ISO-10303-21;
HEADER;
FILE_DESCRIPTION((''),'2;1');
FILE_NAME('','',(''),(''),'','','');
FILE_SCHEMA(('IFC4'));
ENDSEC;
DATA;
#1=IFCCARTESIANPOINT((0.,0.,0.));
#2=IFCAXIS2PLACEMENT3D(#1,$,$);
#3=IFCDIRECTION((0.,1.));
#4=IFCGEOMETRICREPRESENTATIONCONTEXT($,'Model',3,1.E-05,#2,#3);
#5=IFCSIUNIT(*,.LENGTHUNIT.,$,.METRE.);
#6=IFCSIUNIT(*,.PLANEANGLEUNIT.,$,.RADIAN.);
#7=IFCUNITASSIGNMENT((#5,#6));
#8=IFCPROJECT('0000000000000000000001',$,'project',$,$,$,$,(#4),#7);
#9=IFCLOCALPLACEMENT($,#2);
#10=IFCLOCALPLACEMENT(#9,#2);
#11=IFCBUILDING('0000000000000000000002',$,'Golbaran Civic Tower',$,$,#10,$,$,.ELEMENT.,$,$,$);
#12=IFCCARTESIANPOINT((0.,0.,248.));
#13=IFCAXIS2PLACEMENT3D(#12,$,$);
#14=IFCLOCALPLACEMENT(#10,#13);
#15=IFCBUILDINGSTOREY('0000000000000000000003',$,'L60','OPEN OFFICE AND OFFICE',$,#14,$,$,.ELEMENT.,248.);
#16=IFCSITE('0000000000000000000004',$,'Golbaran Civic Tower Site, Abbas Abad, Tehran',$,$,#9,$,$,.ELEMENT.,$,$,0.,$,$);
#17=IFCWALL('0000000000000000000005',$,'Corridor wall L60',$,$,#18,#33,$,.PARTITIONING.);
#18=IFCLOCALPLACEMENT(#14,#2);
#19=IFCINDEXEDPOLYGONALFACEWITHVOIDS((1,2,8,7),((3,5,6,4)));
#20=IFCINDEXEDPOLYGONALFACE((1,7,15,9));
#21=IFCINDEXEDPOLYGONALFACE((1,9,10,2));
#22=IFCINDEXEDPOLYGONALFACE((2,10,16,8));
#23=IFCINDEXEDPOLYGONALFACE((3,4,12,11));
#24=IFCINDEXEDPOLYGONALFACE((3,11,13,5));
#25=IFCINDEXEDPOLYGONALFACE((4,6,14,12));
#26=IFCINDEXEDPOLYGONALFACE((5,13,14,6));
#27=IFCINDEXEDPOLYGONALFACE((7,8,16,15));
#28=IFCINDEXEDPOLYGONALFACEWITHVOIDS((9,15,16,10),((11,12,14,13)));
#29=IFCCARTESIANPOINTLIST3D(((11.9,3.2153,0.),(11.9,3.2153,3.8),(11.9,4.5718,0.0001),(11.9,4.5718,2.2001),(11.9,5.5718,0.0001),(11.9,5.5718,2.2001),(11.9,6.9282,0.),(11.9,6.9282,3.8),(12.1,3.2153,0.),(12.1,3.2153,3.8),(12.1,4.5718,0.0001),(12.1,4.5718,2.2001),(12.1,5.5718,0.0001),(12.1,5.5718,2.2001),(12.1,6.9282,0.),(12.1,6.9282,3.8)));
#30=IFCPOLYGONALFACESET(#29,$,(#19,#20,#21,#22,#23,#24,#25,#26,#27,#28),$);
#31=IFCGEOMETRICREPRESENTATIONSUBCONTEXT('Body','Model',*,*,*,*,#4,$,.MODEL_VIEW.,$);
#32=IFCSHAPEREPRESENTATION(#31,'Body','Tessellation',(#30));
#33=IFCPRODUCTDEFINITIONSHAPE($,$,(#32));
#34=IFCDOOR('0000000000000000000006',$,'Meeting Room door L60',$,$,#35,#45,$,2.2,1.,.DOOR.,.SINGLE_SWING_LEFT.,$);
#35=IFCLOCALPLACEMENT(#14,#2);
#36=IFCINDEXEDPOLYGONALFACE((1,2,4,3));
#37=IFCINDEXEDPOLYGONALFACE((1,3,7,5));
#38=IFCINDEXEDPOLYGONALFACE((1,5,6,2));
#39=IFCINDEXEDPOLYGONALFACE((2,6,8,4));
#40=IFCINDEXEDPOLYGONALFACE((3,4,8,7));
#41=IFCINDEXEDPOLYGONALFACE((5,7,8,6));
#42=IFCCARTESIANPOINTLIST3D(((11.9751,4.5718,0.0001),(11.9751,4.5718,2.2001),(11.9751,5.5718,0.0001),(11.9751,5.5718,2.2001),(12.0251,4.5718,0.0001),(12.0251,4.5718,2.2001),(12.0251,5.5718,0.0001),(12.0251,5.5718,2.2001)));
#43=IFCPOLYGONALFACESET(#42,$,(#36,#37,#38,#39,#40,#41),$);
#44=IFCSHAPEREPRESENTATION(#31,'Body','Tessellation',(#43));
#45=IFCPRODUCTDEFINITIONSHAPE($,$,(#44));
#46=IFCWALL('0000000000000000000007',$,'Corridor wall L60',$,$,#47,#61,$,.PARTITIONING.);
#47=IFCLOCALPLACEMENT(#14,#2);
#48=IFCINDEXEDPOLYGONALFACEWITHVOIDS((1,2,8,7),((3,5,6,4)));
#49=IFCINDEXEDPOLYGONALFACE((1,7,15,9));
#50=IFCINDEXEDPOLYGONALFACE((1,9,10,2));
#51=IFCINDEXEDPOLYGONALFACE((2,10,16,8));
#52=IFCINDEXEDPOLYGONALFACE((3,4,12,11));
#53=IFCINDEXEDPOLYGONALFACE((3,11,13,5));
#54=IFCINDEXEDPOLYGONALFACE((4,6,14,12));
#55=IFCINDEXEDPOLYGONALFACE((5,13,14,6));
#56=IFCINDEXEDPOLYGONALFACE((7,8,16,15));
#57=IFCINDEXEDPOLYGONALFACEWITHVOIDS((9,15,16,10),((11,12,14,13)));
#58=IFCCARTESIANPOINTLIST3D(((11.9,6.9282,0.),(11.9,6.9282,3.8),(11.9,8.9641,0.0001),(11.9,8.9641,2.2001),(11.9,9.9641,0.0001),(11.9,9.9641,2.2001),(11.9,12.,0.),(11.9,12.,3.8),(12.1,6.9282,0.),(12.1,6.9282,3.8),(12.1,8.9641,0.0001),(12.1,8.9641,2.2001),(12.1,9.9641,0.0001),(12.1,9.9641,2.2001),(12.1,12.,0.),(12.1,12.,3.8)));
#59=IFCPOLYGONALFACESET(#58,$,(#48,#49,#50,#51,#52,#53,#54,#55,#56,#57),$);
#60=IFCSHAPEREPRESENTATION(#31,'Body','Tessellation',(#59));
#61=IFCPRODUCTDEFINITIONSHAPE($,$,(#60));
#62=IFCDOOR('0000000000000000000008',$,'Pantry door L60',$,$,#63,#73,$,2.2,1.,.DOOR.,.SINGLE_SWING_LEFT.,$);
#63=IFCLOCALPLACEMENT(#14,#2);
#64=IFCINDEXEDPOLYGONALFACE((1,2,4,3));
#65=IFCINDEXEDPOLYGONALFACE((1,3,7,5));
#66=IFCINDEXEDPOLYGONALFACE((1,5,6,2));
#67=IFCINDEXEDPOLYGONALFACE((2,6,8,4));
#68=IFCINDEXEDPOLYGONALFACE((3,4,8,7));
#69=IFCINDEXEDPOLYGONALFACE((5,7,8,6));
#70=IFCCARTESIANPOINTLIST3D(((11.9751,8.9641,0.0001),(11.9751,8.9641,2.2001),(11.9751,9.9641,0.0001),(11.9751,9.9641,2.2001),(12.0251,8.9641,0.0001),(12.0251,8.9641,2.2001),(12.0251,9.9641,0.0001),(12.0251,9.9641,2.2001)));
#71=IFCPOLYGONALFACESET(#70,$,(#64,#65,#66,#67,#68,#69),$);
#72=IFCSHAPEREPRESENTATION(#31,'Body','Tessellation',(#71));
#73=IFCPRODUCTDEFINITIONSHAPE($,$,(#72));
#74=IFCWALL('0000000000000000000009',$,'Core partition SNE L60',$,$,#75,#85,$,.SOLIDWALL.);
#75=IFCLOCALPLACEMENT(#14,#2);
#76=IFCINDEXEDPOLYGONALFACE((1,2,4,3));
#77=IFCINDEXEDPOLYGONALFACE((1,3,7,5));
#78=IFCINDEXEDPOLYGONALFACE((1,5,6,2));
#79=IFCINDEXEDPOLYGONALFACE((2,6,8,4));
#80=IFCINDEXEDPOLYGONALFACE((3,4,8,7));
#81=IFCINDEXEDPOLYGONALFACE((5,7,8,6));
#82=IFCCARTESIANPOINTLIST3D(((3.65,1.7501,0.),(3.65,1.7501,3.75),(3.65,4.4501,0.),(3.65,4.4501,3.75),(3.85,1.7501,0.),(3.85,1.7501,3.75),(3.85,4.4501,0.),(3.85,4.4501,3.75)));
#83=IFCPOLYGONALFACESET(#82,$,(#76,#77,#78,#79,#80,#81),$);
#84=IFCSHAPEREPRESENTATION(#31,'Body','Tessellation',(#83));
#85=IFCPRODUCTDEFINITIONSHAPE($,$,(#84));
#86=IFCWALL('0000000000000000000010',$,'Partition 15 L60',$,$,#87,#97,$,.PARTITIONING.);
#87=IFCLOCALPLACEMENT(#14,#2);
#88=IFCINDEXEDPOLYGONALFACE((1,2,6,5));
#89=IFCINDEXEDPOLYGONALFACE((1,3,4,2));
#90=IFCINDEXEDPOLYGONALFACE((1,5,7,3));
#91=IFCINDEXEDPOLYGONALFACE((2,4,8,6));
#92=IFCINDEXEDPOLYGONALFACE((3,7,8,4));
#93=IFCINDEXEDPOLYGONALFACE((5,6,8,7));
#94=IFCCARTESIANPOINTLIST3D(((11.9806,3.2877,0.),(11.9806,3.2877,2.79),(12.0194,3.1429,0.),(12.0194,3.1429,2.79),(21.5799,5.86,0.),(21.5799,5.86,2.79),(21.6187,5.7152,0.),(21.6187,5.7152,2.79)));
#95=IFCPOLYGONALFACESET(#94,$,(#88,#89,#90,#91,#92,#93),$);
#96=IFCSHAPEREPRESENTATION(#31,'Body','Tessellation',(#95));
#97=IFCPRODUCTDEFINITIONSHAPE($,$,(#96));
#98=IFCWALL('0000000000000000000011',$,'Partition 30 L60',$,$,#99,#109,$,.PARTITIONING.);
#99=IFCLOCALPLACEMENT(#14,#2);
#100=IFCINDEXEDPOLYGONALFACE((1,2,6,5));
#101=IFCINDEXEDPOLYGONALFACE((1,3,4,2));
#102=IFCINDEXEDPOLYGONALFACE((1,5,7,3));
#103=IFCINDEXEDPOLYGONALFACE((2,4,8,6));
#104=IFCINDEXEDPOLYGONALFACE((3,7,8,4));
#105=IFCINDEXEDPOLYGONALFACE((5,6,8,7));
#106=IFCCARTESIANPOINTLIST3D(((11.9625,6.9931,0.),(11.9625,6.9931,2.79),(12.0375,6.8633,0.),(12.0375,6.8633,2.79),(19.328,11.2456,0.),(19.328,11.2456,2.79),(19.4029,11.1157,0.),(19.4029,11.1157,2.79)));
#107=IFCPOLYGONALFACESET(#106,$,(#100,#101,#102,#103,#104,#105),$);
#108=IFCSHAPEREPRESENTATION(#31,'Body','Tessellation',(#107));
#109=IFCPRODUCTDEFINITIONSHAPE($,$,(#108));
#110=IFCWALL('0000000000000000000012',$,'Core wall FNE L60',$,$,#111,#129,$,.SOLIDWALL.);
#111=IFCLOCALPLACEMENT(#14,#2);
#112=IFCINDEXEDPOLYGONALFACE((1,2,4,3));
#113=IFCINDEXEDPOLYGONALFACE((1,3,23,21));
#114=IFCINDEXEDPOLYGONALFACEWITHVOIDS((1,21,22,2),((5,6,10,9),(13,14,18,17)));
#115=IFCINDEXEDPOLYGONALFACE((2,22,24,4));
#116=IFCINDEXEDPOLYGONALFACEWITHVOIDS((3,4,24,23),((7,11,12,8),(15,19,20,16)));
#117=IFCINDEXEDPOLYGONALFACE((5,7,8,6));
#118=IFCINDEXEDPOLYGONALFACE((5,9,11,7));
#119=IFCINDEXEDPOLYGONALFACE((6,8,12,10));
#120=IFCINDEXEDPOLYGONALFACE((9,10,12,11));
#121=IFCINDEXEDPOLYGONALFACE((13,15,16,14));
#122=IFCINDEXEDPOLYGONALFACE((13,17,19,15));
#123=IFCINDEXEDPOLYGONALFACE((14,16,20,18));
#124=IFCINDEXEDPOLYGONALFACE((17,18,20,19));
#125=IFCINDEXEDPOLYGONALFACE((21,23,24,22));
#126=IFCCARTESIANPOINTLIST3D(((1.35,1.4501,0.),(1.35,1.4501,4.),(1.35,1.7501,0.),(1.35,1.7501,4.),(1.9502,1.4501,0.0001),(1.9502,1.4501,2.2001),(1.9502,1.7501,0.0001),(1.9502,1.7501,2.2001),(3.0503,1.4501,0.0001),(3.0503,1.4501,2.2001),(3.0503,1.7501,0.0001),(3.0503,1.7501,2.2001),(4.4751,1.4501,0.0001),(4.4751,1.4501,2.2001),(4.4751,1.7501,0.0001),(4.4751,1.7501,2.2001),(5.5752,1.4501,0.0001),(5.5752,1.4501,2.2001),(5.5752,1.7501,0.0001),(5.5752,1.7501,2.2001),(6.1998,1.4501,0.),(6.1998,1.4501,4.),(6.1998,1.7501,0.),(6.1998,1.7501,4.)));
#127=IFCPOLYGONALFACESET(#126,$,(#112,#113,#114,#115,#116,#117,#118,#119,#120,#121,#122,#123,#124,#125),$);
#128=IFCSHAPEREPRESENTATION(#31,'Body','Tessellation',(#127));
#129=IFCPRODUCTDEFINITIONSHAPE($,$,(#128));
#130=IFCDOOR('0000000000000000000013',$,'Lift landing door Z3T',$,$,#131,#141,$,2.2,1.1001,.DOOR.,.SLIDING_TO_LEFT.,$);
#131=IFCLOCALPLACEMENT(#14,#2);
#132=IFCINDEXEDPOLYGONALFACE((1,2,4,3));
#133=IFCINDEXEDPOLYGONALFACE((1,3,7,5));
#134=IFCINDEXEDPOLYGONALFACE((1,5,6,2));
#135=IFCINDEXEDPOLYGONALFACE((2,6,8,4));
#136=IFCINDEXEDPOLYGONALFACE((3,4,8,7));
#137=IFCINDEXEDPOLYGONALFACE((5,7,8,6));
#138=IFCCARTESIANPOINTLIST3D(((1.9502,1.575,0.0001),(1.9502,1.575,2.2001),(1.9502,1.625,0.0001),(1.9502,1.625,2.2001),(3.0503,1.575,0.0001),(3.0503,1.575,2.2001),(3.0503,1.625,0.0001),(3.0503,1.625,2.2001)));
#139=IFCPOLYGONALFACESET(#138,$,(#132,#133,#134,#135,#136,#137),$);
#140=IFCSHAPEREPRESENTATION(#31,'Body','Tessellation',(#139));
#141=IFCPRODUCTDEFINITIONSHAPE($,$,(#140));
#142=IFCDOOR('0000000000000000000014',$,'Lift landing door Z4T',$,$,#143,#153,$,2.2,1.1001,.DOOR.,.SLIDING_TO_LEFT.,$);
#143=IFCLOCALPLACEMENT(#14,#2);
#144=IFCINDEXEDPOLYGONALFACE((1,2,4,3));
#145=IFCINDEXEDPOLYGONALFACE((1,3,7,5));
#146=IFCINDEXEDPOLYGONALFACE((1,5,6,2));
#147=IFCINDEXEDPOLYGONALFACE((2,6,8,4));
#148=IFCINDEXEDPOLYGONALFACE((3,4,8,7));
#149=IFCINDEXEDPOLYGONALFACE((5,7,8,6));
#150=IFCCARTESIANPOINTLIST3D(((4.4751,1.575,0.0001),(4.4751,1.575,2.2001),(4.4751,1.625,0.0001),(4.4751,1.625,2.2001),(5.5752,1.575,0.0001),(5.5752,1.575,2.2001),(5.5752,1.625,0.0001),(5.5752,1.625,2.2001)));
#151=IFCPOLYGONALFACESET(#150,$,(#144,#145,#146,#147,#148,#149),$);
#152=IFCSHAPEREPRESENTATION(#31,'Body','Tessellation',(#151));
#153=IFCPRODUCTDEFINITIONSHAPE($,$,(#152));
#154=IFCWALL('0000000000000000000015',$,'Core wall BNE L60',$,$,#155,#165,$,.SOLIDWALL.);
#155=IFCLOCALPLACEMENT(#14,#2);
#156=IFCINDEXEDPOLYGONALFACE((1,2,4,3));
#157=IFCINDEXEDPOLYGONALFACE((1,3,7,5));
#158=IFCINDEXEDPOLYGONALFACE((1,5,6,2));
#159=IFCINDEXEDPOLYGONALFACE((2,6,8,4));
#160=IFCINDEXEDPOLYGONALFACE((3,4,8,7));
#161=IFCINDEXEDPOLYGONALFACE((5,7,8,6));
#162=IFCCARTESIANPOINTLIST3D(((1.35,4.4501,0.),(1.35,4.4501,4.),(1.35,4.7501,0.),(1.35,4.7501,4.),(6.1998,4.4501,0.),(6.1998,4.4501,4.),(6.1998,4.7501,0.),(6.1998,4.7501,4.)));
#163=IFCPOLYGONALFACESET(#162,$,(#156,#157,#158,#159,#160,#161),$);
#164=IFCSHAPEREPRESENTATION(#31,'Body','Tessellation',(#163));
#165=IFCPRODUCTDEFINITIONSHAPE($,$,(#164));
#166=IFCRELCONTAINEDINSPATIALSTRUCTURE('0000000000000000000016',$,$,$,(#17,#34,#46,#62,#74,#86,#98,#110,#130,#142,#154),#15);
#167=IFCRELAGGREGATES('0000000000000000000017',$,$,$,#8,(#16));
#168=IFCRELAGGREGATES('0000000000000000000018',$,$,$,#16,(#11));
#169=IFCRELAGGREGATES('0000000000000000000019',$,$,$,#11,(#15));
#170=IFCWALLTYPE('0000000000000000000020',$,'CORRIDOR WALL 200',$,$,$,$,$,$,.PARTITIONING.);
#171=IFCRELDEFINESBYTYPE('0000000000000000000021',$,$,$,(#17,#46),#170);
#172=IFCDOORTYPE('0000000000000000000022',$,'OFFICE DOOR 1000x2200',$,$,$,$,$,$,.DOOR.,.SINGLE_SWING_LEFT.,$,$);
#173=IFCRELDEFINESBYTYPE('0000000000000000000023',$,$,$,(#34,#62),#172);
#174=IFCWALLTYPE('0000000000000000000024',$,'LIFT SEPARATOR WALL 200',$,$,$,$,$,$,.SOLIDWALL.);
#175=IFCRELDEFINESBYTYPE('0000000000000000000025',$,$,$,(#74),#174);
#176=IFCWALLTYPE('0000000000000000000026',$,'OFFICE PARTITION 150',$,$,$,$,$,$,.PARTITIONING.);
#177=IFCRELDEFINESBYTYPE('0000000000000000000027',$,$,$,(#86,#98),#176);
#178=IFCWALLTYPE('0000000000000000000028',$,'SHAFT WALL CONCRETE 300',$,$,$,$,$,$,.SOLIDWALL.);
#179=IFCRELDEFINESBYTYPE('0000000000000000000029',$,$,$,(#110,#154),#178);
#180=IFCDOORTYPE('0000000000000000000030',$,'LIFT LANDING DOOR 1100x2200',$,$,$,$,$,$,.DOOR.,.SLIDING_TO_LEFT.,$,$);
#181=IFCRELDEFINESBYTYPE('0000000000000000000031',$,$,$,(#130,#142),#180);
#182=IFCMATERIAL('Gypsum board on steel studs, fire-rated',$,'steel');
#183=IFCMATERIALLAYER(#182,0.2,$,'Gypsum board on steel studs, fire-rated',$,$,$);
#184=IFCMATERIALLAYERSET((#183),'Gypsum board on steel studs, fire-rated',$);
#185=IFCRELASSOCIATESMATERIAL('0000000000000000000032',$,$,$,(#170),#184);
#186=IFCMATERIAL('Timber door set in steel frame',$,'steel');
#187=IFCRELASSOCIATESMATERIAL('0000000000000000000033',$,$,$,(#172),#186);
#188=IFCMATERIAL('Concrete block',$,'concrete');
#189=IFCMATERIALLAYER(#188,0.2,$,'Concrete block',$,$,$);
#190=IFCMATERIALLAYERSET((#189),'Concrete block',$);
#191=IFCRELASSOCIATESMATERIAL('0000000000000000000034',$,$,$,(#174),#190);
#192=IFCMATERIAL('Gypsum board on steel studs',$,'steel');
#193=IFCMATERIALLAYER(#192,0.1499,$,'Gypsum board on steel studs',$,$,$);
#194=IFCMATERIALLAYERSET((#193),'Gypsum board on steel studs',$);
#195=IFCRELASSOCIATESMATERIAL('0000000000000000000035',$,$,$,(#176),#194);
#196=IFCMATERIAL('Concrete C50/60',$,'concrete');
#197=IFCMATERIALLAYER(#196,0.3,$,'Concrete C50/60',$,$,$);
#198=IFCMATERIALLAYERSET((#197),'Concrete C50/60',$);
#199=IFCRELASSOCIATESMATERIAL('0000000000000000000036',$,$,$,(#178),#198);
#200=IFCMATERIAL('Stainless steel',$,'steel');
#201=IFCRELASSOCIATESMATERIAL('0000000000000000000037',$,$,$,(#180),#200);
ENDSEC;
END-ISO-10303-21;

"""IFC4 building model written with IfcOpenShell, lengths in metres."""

from ifc_helpers import new_model, si_unit, direction, frame, frame_2d, origin, place, context, subcontext, project, spatial, rectangle, extrude, material, layer, layer_set, type_object, element, fill, save


model = new_model("IFC4")

# Units and contexts
model_context = context("Model", 3, precision=1e-05, world=origin(), true_north=direction((0.0, 1.0)))
body_context = subcontext(model_context, "Body", "Model", "MODEL_VIEW")
ifc_project = project(units=[si_unit("LENGTHUNIT", "METRE"), si_unit("PLANEANGLEUNIT", "RADIAN")], contexts=[model_context])

# Site, building, storey
site_placement = place(None, origin())
site = spatial("IfcSite", under=ifc_project, at=site_placement, Name="Golbaran Civic Tower Site, Abbas Abad, Tehran", CompositionType="ELEMENT", RefElevation=0.0)
building_placement = place(site_placement, origin())
building = spatial("IfcBuilding", under=site, at=building_placement, Name="Golbaran Civic Tower", CompositionType="ELEMENT")
storey_placement = place(building_placement, frame((0.0, 0.0, 248.0)))
storey = spatial("IfcBuildingStorey", under=building, at=storey_placement, Name="L60", Description="OPEN OFFICE AND OFFICE", CompositionType="ELEMENT", Elevation=248.0)

# Shared definitions
ifc_material_1 = material(Name="Concrete block", Category="concrete")
ifc_material_2 = material(Name="Timber door set in steel frame", Category="steel")

# Walls, openings, doors
ifc_material_3 = material(Name="Gypsum board on steel studs, fire-rated", Category="steel")
ifc_layer_1 = layer(ifc_material_3, 0.2, Name="Gypsum board on steel studs, fire-rated")
ifc_layer_set_1 = layer_set([ifc_layer_1], Name="Gypsum board on steel studs, fire-rated")
wall_type_1 = type_object("IfcWallType", Name="CORRIDOR WALL 200", PredefinedType="PARTITIONING", material=ifc_layer_set_1)
wall_1_placement = place(storey_placement, frame((12.0, 3.2153, 0.0), z_axis=(0.0, 0.0, 1.0), x_axis=(0.0, 1.0, 0.0)))
wall_1 = element("IfcWall", 1, at=wall_1_placement, inside=storey, type_object=wall_type_1, Name="Corridor wall L60", PredefinedType="PARTITIONING", context=body_context, shape_type="SweptSolid", body=[
    extrude(rectangle(XDim=3.7129, YDim=0.2, at=frame_2d((1.8564, 0.0))), origin(), (0.0, 0.0, 1.0), 3.8),
])
opening_1_placement = place(wall_1_placement, frame((1.3564, 0.0, 0.0)))
opening_1 = element("IfcOpeningElement", 2, at=opening_1_placement, cuts=wall_1, PredefinedType="OPENING", context=body_context, shape_type="SweptSolid", body=[
    extrude(rectangle(XDim=1.0, YDim=2.2, at=frame_2d((0.5, 1.1001))), frame((0.0, 0.1099, 0.0), z_axis=(0.0, -1.0, 0.0), x_axis=(1.0, 0.0, 0.0)), (0.0, 0.0, 1.0), 0.22),
])
door_type_1 = type_object("IfcDoorType", Name="OFFICE DOOR 1000x2200", OperationType="SINGLE_SWING_LEFT", PredefinedType="DOOR", material=ifc_material_2)
door_1_placement = place(opening_1_placement, origin())
door_1 = element("IfcDoor", 3, at=door_1_placement, inside=storey, type_object=door_type_1, Name="Meeting Room door L60", OperationType="SINGLE_SWING_LEFT", OverallHeight=2.2, OverallWidth=1.0, PredefinedType="DOOR", context=body_context, shape_type="SweptSolid", body=[
    extrude(rectangle(XDim=1.0, YDim=2.2, at=frame_2d((0.5, 1.1001))), frame((0.0, 0.0249, 0.0), z_axis=(0.0, -1.0, 0.0), x_axis=(1.0, 0.0, 0.0)), (0.0, 0.0, 1.0), 0.05),
])
fill(opening_1, door_1)
wall_2_placement = place(storey_placement, frame((12.0, 6.9282, 0.0), z_axis=(0.0, 0.0, 1.0), x_axis=(0.0, 1.0, 0.0)))
wall_2 = element("IfcWall", 4, at=wall_2_placement, inside=storey, type_object=wall_type_1, Name="Corridor wall L60", PredefinedType="PARTITIONING", context=body_context, shape_type="SweptSolid", body=[
    extrude(rectangle(XDim=5.0718, YDim=0.2, at=frame_2d((2.5359, 0.0))), origin(), (0.0, 0.0, 1.0), 3.8),
])
opening_2_placement = place(wall_2_placement, frame((2.0359, 0.0, 0.0)))
opening_2 = element("IfcOpeningElement", 5, at=opening_2_placement, cuts=wall_2, PredefinedType="OPENING", context=body_context, shape_type="SweptSolid", body=[
    extrude(rectangle(XDim=1.0, YDim=2.2, at=frame_2d((0.5, 1.1001))), frame((0.0, 0.1099, 0.0), z_axis=(0.0, -1.0, 0.0), x_axis=(1.0, 0.0, 0.0)), (0.0, 0.0, 1.0), 0.22),
])
door_2_placement = place(opening_2_placement, origin())
door_2 = element("IfcDoor", 6, at=door_2_placement, inside=storey, type_object=door_type_1, Name="Pantry door L60", OperationType="SINGLE_SWING_LEFT", OverallHeight=2.2, OverallWidth=1.0, PredefinedType="DOOR", context=body_context, shape_type="SweptSolid", body=[
    extrude(rectangle(XDim=1.0, YDim=2.2, at=frame_2d((0.5, 1.1001))), frame((0.0, 0.0249, 0.0), z_axis=(0.0, -1.0, 0.0), x_axis=(1.0, 0.0, 0.0)), (0.0, 0.0, 1.0), 0.05),
])
fill(opening_2, door_2)

# Walls
ifc_layer_2 = layer(ifc_material_1, 0.2, Name="Concrete block")
ifc_layer_set_2 = layer_set([ifc_layer_2], Name="Concrete block")
wall_type_2 = type_object("IfcWallType", Name="LIFT SEPARATOR WALL 200", PredefinedType="SOLIDWALL", material=ifc_layer_set_2)
wall_3_placement = place(storey_placement, frame((3.75, 1.75, 0.0), z_axis=(0.0, 0.0, 1.0), x_axis=(0.0, 1.0, 0.0)))
element("IfcWall", 7, at=wall_3_placement, inside=storey, type_object=wall_type_2, Name="Core partition SNE L60", PredefinedType="SOLIDWALL", context=body_context, shape_type="SweptSolid", body=[
    extrude(rectangle(XDim=2.7, YDim=0.2, at=frame_2d((1.3501, 0.0))), origin(), (0.0, 0.0, 1.0), 3.75),
])
ifc_material_4 = material(Name="Gypsum board on steel studs", Category="steel")
ifc_layer_3 = layer(ifc_material_4, 0.1499, Name="Gypsum board on steel studs")
ifc_layer_set_3 = layer_set([ifc_layer_3], Name="Gypsum board on steel studs")
wall_type_3 = type_object("IfcWallType", Name="OFFICE PARTITION 150", PredefinedType="PARTITIONING", material=ifc_layer_set_3)
wall_4_placement = place(storey_placement, frame((12.0, 3.2153, 0.0), z_axis=(0.0, 0.0, 1.0), x_axis=(0.965923, 0.258831, 0.0)))
element("IfcWall", 8, at=wall_4_placement, inside=storey, type_object=wall_type_3, Name="Partition 15 L60", PredefinedType="PARTITIONING", context=body_context, shape_type="SweptSolid", body=[
    extrude(rectangle(XDim=9.938, YDim=0.1499, at=frame_2d((4.969, 0.0))), origin(), (0.0, 0.0, 1.0), 2.79),
])
wall_5_placement = place(storey_placement, frame((12.0, 6.9282, 0.0), z_axis=(0.0, 0.0, 1.0), x_axis=(0.866026, 0.499998, 0.0)))
element("IfcWall", 9, at=wall_5_placement, inside=storey, type_object=wall_type_3, Name="Partition 30 L60", PredefinedType="PARTITIONING", context=body_context, shape_type="SweptSolid", body=[
    extrude(rectangle(XDim=8.5049, YDim=0.1499, at=frame_2d((4.2524, 0.0))), origin(), (0.0, 0.0, 1.0), 2.79),
])

# Wall, openings, doors
ifc_material_5 = material(Name="Concrete C50/60", Category="concrete")
ifc_layer_4 = layer(ifc_material_5, 0.3, Name="Concrete C50/60")
ifc_layer_set_4 = layer_set([ifc_layer_4], Name="Concrete C50/60")
wall_type_4 = type_object("IfcWallType", Name="SHAFT WALL CONCRETE 300", PredefinedType="SOLIDWALL", material=ifc_layer_set_4)
wall_6_placement = place(storey_placement, frame((1.3501, 1.6001, 0.0), z_axis=(0.0, 0.0, 1.0), x_axis=(1.0, 0.0, 0.0)))
wall_6 = element("IfcWall", 10, at=wall_6_placement, inside=storey, type_object=wall_type_4, Name="Core wall FNE L60", PredefinedType="SOLIDWALL", context=body_context, shape_type="SweptSolid", body=[
    extrude(rectangle(XDim=4.8499, YDim=0.3, at=frame_2d((2.4248, 0.0))), origin(), (0.0, 0.0, 1.0), 4.0),
])
opening_3_placement = place(wall_6_placement, frame((0.6001, 0.0, 0.0)))
opening_3 = element("IfcOpeningElement", 11, at=opening_3_placement, cuts=wall_6, PredefinedType="OPENING", context=body_context, shape_type="SweptSolid", body=[
    extrude(rectangle(XDim=1.1001, YDim=2.2, at=frame_2d((0.55, 1.1001))), frame((0.0, 0.1599, 0.0), z_axis=(0.0, -1.0, 0.0), x_axis=(1.0, 0.0, 0.0)), (0.0, 0.0, 1.0), 0.3201),
])
opening_4_placement = place(wall_6_placement, frame((3.125, 0.0, 0.0)))
opening_4 = element("IfcOpeningElement", 12, at=opening_4_placement, cuts=wall_6, PredefinedType="OPENING", context=body_context, shape_type="SweptSolid", body=[
    extrude(rectangle(XDim=1.1001, YDim=2.2, at=frame_2d((0.55, 1.1001))), frame((0.0, 0.1599, 0.0), z_axis=(0.0, -1.0, 0.0), x_axis=(1.0, 0.0, 0.0)), (0.0, 0.0, 1.0), 0.3201),
])
ifc_material_6 = material(Name="Stainless steel", Category="steel")
door_type_2 = type_object("IfcDoorType", Name="LIFT LANDING DOOR 1100x2200", OperationType="SLIDING_TO_LEFT", PredefinedType="DOOR", material=ifc_material_6)
door_3_placement = place(opening_3_placement, origin())
door_3 = element("IfcDoor", 13, at=door_3_placement, inside=storey, type_object=door_type_2, Name="Lift landing door Z3T", OperationType="SLIDING_TO_LEFT", OverallHeight=2.2, OverallWidth=1.1001, PredefinedType="DOOR", context=body_context, shape_type="SweptSolid", body=[
    extrude(rectangle(XDim=1.1001, YDim=2.2, at=frame_2d((0.55, 1.1001))), frame((0.0, 0.0249, 0.0), z_axis=(0.0, -1.0, 0.0), x_axis=(1.0, 0.0, 0.0)), (0.0, 0.0, 1.0), 0.05),
])
fill(opening_3, door_3)
door_4_placement = place(opening_4_placement, origin())
door_4 = element("IfcDoor", 14, at=door_4_placement, inside=storey, type_object=door_type_2, Name="Lift landing door Z4T", OperationType="SLIDING_TO_LEFT", OverallHeight=2.2, OverallWidth=1.1001, PredefinedType="DOOR", context=body_context, shape_type="SweptSolid", body=[
    extrude(rectangle(XDim=1.1001, YDim=2.2, at=frame_2d((0.55, 1.1001))), frame((0.0, 0.0249, 0.0), z_axis=(0.0, -1.0, 0.0), x_axis=(1.0, 0.0, 0.0)), (0.0, 0.0, 1.0), 0.05),
])
fill(opening_4, door_4)

# Wall
wall_7_placement = place(storey_placement, frame((1.3501, 4.6001, 0.0), z_axis=(0.0, 0.0, 1.0), x_axis=(1.0, 0.0, 0.0)))
element("IfcWall", 15, at=wall_7_placement, inside=storey, type_object=wall_type_4, Name="Core wall BNE L60", PredefinedType="SOLIDWALL", context=body_context, shape_type="SweptSolid", body=[
    extrude(rectangle(XDim=4.8499, YDim=0.3, at=frame_2d((2.4248, 0.0))), origin(), (0.0, 0.0, 1.0), 4.0),
])

save(model, "model.ifc")
